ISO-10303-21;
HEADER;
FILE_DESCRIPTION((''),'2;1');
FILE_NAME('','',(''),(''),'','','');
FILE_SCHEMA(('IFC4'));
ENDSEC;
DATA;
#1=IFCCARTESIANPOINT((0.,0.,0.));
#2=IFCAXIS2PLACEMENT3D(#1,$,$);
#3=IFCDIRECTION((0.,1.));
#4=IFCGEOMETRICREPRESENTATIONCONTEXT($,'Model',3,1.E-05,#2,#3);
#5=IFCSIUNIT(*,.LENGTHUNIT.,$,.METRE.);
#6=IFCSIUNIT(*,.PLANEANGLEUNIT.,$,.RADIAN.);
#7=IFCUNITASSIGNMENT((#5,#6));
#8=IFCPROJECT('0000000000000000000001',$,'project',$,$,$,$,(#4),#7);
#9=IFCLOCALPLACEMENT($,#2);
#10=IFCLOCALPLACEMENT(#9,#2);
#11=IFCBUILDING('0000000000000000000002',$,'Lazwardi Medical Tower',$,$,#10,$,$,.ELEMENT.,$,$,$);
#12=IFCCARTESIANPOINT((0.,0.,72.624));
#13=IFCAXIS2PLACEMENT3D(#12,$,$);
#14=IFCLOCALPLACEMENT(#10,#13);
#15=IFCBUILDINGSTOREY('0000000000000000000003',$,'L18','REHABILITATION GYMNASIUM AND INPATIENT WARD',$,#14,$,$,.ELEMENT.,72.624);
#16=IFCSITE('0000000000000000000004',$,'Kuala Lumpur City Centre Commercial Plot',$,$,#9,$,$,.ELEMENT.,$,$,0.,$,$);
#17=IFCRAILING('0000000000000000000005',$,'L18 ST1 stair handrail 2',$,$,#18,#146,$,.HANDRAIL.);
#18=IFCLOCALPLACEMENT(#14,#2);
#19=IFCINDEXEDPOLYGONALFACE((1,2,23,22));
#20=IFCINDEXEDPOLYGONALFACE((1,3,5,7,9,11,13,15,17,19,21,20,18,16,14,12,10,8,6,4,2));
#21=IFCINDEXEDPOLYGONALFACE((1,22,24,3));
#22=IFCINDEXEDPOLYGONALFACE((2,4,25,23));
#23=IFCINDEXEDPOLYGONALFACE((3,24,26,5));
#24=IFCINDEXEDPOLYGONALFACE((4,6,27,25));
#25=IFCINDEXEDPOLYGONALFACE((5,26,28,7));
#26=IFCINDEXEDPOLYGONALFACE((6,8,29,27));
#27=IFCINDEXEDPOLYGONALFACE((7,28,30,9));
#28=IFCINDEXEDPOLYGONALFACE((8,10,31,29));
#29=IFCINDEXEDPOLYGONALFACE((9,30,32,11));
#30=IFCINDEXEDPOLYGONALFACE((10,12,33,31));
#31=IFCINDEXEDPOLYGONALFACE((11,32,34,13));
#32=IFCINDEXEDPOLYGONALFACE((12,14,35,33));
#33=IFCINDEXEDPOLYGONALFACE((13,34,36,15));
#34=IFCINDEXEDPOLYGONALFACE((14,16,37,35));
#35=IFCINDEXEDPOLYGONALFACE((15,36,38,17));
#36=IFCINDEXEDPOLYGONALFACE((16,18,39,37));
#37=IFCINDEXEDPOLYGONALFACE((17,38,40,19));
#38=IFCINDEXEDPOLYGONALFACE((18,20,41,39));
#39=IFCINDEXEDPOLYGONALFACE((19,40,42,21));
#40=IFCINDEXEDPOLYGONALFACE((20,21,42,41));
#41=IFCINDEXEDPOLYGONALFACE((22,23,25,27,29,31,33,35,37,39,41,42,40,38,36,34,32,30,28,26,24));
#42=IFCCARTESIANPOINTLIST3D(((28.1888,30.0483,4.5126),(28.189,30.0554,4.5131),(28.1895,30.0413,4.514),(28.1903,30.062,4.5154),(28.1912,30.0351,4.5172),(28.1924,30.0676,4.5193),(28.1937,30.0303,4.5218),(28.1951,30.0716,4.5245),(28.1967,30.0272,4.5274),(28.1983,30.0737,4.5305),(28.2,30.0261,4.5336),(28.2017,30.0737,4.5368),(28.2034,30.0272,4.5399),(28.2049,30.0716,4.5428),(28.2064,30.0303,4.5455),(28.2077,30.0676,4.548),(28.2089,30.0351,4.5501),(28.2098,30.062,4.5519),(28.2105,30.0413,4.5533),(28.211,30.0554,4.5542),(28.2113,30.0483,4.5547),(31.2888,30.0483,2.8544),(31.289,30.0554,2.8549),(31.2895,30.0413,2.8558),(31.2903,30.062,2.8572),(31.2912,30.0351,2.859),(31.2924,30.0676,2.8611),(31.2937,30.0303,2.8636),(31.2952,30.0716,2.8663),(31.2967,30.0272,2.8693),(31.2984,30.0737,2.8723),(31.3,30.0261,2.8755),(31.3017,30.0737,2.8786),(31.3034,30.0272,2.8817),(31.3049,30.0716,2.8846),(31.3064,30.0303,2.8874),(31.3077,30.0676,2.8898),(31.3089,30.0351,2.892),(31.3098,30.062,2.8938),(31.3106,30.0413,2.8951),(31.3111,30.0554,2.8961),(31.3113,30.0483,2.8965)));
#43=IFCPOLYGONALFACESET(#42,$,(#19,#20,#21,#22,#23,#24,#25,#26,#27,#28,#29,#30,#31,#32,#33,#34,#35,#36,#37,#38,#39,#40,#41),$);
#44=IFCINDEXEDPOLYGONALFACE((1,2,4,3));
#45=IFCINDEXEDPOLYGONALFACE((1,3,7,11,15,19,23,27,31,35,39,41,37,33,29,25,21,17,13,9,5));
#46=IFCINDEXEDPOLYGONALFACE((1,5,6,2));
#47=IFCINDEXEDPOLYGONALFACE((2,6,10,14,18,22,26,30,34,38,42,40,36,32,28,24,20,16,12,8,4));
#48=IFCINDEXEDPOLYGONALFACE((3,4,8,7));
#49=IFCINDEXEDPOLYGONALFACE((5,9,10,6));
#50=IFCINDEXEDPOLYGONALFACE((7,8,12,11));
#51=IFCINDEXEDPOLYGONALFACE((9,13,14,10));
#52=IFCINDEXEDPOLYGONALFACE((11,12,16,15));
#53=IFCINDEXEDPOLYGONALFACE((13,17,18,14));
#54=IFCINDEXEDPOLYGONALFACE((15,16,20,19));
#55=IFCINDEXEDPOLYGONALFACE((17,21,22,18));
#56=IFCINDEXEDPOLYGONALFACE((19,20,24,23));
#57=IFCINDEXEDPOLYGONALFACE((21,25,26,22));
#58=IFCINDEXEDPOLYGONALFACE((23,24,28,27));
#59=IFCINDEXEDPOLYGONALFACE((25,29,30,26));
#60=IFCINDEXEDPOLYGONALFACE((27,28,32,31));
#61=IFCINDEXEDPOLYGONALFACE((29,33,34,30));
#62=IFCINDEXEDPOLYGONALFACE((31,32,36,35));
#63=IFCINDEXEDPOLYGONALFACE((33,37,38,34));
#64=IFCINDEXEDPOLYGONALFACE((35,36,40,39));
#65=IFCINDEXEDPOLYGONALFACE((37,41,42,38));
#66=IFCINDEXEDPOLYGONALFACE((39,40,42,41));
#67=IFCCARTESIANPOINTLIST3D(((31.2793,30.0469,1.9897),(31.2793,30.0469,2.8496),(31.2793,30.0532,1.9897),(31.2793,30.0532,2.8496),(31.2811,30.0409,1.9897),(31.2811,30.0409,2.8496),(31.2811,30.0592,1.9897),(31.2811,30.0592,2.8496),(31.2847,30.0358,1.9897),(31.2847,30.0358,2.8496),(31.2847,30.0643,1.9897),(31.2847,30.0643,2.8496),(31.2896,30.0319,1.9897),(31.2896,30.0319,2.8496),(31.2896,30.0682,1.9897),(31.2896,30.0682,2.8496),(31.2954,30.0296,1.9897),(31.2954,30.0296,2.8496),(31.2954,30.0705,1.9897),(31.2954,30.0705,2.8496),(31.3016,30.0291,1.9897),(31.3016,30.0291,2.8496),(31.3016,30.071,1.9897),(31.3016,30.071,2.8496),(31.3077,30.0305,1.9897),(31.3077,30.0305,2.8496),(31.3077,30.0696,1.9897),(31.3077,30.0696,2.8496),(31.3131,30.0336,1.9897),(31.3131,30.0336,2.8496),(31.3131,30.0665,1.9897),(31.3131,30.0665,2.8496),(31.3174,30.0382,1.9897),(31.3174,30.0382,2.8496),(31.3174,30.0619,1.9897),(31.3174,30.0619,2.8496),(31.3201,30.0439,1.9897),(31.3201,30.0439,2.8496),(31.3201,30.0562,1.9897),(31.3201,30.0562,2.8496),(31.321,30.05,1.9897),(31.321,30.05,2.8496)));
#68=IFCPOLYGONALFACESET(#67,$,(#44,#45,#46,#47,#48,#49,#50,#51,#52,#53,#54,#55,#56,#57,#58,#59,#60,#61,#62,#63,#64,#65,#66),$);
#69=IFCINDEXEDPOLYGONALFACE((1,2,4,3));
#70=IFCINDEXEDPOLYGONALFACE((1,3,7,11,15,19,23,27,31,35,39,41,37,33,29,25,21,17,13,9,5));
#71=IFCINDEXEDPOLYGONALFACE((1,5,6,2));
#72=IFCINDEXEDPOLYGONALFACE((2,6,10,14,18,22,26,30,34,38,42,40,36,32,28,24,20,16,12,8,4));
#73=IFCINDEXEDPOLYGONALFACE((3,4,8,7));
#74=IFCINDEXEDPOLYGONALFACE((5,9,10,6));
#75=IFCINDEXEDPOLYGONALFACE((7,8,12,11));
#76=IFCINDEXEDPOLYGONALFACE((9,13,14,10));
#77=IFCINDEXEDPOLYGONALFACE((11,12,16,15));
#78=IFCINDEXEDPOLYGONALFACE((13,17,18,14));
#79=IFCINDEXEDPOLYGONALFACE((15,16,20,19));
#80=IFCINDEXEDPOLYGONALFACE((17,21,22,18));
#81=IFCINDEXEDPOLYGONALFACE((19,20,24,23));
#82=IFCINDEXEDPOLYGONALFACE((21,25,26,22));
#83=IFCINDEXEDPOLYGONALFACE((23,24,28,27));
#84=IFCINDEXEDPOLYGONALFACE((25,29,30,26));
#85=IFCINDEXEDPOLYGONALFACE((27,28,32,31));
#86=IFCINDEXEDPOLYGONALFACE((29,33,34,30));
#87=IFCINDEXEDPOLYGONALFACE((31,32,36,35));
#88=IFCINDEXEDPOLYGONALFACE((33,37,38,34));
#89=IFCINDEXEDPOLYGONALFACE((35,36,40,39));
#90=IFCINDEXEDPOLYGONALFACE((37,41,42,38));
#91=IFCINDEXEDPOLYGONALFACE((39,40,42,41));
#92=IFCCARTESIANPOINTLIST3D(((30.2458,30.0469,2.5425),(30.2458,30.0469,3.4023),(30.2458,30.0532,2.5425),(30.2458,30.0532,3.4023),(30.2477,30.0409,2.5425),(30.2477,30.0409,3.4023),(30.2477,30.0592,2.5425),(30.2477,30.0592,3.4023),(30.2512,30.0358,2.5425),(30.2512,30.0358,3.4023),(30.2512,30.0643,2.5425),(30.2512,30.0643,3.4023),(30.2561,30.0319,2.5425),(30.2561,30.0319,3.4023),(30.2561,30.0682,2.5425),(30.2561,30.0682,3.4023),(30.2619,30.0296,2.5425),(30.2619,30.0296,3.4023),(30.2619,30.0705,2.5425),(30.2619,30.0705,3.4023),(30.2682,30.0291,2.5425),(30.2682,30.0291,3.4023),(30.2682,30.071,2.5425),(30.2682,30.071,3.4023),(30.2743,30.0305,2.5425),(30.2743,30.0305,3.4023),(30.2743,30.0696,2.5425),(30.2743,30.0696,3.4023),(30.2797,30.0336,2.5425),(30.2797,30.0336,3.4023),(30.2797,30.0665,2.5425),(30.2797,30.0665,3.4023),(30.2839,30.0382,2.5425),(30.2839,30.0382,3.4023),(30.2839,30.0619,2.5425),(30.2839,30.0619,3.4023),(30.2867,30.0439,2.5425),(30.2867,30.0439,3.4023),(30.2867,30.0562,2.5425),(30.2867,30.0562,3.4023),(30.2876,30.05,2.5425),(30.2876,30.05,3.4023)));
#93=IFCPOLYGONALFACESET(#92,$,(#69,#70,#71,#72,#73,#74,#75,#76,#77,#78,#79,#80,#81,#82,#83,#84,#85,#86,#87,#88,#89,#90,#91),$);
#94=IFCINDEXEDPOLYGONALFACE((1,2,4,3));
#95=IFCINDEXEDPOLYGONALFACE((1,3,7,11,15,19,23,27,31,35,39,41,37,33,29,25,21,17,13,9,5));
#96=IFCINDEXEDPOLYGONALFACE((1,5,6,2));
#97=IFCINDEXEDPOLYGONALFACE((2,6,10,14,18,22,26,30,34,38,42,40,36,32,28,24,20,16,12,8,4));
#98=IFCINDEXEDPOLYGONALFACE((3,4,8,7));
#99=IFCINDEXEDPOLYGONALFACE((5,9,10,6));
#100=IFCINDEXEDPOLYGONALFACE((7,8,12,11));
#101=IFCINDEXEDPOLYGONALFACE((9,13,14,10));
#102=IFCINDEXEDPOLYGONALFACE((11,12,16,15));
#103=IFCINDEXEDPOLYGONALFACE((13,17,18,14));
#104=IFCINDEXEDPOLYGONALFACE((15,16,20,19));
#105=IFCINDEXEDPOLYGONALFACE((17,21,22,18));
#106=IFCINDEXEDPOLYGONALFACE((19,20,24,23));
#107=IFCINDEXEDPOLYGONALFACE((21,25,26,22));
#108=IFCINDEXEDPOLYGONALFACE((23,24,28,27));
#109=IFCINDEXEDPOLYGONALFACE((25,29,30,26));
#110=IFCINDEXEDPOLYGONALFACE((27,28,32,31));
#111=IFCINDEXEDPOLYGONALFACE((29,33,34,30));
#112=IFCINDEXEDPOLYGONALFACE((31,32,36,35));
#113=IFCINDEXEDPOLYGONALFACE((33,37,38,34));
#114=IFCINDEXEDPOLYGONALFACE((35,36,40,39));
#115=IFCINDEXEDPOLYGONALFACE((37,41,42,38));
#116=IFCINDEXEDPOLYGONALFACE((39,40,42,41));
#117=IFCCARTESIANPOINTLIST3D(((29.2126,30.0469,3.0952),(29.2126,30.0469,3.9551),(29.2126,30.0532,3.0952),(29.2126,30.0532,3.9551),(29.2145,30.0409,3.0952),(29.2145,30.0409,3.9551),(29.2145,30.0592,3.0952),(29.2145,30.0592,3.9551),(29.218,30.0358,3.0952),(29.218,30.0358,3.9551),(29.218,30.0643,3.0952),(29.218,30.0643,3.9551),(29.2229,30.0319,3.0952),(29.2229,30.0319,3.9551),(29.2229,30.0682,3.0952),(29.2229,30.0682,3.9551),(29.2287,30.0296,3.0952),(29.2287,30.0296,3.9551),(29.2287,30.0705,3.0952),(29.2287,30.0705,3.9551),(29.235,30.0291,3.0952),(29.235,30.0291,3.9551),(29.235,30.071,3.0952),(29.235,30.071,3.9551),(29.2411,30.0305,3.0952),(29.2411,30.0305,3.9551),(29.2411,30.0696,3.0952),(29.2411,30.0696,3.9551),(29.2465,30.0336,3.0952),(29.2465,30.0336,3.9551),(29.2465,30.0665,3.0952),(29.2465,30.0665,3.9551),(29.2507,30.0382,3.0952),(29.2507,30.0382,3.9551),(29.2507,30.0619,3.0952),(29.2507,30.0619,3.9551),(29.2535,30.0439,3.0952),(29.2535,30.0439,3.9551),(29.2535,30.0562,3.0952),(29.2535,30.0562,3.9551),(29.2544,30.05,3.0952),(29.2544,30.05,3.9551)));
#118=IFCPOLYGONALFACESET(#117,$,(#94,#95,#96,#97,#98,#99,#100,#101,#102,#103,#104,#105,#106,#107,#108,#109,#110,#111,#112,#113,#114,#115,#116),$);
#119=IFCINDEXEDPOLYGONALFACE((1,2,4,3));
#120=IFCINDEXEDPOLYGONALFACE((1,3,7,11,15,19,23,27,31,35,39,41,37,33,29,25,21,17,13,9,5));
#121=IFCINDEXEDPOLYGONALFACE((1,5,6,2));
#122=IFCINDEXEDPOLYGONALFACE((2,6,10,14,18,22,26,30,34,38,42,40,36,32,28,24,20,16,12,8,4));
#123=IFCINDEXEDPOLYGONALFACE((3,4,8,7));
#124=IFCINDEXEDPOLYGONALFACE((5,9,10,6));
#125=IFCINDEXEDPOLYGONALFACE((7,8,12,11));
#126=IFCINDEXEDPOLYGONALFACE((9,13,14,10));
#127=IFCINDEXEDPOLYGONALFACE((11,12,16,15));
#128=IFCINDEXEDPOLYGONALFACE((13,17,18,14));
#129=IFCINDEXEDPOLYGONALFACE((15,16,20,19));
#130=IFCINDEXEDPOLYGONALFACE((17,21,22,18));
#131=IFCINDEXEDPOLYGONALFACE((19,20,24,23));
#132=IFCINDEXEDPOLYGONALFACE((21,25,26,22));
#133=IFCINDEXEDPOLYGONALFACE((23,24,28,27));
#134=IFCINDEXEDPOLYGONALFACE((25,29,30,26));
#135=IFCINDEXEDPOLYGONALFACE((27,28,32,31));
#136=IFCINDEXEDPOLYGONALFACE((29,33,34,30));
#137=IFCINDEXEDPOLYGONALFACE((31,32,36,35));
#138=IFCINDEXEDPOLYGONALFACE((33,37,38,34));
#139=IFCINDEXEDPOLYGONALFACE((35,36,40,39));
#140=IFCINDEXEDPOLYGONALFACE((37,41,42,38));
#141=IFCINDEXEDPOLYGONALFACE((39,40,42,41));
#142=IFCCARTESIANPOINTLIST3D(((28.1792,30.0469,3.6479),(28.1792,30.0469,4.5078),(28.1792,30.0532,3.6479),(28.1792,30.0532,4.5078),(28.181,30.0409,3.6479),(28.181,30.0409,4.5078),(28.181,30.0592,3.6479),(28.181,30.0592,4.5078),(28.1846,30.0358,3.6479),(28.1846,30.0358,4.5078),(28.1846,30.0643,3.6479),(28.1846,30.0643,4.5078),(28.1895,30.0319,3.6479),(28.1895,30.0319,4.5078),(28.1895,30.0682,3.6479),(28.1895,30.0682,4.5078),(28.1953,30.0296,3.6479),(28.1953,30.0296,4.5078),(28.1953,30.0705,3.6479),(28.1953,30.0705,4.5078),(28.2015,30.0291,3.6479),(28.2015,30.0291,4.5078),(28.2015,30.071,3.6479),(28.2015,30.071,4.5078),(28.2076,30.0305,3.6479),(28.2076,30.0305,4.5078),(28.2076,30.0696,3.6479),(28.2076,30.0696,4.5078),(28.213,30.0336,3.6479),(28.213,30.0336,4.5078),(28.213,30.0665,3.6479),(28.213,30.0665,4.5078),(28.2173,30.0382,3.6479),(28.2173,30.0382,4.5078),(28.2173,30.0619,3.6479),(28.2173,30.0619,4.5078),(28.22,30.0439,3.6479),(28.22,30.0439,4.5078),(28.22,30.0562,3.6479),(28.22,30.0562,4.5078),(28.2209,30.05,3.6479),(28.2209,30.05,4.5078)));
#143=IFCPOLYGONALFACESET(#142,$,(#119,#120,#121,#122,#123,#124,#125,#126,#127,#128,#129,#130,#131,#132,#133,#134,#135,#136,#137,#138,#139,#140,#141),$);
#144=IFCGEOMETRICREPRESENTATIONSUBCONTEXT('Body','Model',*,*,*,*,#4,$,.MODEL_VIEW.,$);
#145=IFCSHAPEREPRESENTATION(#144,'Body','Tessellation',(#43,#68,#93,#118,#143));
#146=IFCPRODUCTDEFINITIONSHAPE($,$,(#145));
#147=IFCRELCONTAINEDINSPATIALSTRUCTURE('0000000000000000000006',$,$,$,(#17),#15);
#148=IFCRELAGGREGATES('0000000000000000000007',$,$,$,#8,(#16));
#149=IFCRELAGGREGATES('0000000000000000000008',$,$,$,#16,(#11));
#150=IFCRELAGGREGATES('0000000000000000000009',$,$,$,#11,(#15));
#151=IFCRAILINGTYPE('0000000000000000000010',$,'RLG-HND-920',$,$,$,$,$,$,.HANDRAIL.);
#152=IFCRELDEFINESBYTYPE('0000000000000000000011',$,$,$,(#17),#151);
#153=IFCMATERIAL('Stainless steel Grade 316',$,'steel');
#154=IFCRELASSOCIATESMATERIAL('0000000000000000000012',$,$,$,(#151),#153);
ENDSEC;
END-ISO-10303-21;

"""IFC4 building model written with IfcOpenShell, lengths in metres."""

from ifc_helpers import new_model, si_unit, direction, frame, origin, origin_2d, place, context, subcontext, project, spatial, circle, extrude, material, type_object, element, save


model = new_model("IFC4")

# Units and contexts
model_context = context("Model", 3, precision=1e-05, world=origin(), true_north=direction((0.0, 1.0)))
body_context = subcontext(model_context, "Body", "Model", "MODEL_VIEW")
ifc_project = project(units=[si_unit("LENGTHUNIT", "METRE"), si_unit("PLANEANGLEUNIT", "RADIAN")], contexts=[model_context])

# Site, building, storey
site_placement = place(None, origin())
site = spatial("IfcSite", under=ifc_project, at=site_placement, Name="Kuala Lumpur City Centre Commercial Plot", CompositionType="ELEMENT", RefElevation=0.0)
building_placement = place(site_placement, origin())
building = spatial("IfcBuilding", under=site, at=building_placement, Name="Lazwardi Medical Tower", CompositionType="ELEMENT")
storey_placement = place(building_placement, frame((0.0, 0.0, 72.624)))
storey = spatial("IfcBuildingStorey", under=building, at=storey_placement, Name="L18", Description="REHABILITATION GYMNASIUM AND INPATIENT WARD", CompositionType="ELEMENT", Elevation=72.624)

# Railing
ifc_material_1 = material(Name="Stainless steel Grade 316", Category="steel")
railing_type_1 = type_object("IfcRailingType", Name="RLG-HND-920", PredefinedType="HANDRAIL", material=ifc_material_1)
railing_1_placement = place(storey_placement, frame((31.3, 30.05, 1.9897)))
element("IfcRailing", 1, at=railing_1_placement, inside=storey, type_object=railing_type_1, Name="L18 ST1 stair handrail 2", PredefinedType="HANDRAIL", context=body_context, shape_type="SweptSolid", body=[
    extrude(circle(Radius=0.0239, at=origin_2d()), frame((0.0, 0.0, 0.8857), z_axis=(-0.881783, 0.0, 0.471655), x_axis=(0.0, -1.0, 0.0)), (0.0, 0.0, 1.0), 3.5156),
    extrude(circle(Radius=0.021, at=origin_2d()), origin(), (0.0, 0.0, 1.0), 0.8599),
    extrude(circle(Radius=0.021, at=origin_2d()), frame((-1.0334, 0.0, 0.5527)), (0.0, 0.0, 1.0), 0.8599),
    extrude(circle(Radius=0.021, at=origin_2d()), frame((-2.0667, 0.0, 1.1055)), (0.0, 0.0, 1.0), 0.8599),
    extrude(circle(Radius=0.021, at=origin_2d()), frame((-3.1001, 0.0, 1.6582)), (0.0, 0.0, 1.0), 0.8599),
])

save(model, "model.ifc")
